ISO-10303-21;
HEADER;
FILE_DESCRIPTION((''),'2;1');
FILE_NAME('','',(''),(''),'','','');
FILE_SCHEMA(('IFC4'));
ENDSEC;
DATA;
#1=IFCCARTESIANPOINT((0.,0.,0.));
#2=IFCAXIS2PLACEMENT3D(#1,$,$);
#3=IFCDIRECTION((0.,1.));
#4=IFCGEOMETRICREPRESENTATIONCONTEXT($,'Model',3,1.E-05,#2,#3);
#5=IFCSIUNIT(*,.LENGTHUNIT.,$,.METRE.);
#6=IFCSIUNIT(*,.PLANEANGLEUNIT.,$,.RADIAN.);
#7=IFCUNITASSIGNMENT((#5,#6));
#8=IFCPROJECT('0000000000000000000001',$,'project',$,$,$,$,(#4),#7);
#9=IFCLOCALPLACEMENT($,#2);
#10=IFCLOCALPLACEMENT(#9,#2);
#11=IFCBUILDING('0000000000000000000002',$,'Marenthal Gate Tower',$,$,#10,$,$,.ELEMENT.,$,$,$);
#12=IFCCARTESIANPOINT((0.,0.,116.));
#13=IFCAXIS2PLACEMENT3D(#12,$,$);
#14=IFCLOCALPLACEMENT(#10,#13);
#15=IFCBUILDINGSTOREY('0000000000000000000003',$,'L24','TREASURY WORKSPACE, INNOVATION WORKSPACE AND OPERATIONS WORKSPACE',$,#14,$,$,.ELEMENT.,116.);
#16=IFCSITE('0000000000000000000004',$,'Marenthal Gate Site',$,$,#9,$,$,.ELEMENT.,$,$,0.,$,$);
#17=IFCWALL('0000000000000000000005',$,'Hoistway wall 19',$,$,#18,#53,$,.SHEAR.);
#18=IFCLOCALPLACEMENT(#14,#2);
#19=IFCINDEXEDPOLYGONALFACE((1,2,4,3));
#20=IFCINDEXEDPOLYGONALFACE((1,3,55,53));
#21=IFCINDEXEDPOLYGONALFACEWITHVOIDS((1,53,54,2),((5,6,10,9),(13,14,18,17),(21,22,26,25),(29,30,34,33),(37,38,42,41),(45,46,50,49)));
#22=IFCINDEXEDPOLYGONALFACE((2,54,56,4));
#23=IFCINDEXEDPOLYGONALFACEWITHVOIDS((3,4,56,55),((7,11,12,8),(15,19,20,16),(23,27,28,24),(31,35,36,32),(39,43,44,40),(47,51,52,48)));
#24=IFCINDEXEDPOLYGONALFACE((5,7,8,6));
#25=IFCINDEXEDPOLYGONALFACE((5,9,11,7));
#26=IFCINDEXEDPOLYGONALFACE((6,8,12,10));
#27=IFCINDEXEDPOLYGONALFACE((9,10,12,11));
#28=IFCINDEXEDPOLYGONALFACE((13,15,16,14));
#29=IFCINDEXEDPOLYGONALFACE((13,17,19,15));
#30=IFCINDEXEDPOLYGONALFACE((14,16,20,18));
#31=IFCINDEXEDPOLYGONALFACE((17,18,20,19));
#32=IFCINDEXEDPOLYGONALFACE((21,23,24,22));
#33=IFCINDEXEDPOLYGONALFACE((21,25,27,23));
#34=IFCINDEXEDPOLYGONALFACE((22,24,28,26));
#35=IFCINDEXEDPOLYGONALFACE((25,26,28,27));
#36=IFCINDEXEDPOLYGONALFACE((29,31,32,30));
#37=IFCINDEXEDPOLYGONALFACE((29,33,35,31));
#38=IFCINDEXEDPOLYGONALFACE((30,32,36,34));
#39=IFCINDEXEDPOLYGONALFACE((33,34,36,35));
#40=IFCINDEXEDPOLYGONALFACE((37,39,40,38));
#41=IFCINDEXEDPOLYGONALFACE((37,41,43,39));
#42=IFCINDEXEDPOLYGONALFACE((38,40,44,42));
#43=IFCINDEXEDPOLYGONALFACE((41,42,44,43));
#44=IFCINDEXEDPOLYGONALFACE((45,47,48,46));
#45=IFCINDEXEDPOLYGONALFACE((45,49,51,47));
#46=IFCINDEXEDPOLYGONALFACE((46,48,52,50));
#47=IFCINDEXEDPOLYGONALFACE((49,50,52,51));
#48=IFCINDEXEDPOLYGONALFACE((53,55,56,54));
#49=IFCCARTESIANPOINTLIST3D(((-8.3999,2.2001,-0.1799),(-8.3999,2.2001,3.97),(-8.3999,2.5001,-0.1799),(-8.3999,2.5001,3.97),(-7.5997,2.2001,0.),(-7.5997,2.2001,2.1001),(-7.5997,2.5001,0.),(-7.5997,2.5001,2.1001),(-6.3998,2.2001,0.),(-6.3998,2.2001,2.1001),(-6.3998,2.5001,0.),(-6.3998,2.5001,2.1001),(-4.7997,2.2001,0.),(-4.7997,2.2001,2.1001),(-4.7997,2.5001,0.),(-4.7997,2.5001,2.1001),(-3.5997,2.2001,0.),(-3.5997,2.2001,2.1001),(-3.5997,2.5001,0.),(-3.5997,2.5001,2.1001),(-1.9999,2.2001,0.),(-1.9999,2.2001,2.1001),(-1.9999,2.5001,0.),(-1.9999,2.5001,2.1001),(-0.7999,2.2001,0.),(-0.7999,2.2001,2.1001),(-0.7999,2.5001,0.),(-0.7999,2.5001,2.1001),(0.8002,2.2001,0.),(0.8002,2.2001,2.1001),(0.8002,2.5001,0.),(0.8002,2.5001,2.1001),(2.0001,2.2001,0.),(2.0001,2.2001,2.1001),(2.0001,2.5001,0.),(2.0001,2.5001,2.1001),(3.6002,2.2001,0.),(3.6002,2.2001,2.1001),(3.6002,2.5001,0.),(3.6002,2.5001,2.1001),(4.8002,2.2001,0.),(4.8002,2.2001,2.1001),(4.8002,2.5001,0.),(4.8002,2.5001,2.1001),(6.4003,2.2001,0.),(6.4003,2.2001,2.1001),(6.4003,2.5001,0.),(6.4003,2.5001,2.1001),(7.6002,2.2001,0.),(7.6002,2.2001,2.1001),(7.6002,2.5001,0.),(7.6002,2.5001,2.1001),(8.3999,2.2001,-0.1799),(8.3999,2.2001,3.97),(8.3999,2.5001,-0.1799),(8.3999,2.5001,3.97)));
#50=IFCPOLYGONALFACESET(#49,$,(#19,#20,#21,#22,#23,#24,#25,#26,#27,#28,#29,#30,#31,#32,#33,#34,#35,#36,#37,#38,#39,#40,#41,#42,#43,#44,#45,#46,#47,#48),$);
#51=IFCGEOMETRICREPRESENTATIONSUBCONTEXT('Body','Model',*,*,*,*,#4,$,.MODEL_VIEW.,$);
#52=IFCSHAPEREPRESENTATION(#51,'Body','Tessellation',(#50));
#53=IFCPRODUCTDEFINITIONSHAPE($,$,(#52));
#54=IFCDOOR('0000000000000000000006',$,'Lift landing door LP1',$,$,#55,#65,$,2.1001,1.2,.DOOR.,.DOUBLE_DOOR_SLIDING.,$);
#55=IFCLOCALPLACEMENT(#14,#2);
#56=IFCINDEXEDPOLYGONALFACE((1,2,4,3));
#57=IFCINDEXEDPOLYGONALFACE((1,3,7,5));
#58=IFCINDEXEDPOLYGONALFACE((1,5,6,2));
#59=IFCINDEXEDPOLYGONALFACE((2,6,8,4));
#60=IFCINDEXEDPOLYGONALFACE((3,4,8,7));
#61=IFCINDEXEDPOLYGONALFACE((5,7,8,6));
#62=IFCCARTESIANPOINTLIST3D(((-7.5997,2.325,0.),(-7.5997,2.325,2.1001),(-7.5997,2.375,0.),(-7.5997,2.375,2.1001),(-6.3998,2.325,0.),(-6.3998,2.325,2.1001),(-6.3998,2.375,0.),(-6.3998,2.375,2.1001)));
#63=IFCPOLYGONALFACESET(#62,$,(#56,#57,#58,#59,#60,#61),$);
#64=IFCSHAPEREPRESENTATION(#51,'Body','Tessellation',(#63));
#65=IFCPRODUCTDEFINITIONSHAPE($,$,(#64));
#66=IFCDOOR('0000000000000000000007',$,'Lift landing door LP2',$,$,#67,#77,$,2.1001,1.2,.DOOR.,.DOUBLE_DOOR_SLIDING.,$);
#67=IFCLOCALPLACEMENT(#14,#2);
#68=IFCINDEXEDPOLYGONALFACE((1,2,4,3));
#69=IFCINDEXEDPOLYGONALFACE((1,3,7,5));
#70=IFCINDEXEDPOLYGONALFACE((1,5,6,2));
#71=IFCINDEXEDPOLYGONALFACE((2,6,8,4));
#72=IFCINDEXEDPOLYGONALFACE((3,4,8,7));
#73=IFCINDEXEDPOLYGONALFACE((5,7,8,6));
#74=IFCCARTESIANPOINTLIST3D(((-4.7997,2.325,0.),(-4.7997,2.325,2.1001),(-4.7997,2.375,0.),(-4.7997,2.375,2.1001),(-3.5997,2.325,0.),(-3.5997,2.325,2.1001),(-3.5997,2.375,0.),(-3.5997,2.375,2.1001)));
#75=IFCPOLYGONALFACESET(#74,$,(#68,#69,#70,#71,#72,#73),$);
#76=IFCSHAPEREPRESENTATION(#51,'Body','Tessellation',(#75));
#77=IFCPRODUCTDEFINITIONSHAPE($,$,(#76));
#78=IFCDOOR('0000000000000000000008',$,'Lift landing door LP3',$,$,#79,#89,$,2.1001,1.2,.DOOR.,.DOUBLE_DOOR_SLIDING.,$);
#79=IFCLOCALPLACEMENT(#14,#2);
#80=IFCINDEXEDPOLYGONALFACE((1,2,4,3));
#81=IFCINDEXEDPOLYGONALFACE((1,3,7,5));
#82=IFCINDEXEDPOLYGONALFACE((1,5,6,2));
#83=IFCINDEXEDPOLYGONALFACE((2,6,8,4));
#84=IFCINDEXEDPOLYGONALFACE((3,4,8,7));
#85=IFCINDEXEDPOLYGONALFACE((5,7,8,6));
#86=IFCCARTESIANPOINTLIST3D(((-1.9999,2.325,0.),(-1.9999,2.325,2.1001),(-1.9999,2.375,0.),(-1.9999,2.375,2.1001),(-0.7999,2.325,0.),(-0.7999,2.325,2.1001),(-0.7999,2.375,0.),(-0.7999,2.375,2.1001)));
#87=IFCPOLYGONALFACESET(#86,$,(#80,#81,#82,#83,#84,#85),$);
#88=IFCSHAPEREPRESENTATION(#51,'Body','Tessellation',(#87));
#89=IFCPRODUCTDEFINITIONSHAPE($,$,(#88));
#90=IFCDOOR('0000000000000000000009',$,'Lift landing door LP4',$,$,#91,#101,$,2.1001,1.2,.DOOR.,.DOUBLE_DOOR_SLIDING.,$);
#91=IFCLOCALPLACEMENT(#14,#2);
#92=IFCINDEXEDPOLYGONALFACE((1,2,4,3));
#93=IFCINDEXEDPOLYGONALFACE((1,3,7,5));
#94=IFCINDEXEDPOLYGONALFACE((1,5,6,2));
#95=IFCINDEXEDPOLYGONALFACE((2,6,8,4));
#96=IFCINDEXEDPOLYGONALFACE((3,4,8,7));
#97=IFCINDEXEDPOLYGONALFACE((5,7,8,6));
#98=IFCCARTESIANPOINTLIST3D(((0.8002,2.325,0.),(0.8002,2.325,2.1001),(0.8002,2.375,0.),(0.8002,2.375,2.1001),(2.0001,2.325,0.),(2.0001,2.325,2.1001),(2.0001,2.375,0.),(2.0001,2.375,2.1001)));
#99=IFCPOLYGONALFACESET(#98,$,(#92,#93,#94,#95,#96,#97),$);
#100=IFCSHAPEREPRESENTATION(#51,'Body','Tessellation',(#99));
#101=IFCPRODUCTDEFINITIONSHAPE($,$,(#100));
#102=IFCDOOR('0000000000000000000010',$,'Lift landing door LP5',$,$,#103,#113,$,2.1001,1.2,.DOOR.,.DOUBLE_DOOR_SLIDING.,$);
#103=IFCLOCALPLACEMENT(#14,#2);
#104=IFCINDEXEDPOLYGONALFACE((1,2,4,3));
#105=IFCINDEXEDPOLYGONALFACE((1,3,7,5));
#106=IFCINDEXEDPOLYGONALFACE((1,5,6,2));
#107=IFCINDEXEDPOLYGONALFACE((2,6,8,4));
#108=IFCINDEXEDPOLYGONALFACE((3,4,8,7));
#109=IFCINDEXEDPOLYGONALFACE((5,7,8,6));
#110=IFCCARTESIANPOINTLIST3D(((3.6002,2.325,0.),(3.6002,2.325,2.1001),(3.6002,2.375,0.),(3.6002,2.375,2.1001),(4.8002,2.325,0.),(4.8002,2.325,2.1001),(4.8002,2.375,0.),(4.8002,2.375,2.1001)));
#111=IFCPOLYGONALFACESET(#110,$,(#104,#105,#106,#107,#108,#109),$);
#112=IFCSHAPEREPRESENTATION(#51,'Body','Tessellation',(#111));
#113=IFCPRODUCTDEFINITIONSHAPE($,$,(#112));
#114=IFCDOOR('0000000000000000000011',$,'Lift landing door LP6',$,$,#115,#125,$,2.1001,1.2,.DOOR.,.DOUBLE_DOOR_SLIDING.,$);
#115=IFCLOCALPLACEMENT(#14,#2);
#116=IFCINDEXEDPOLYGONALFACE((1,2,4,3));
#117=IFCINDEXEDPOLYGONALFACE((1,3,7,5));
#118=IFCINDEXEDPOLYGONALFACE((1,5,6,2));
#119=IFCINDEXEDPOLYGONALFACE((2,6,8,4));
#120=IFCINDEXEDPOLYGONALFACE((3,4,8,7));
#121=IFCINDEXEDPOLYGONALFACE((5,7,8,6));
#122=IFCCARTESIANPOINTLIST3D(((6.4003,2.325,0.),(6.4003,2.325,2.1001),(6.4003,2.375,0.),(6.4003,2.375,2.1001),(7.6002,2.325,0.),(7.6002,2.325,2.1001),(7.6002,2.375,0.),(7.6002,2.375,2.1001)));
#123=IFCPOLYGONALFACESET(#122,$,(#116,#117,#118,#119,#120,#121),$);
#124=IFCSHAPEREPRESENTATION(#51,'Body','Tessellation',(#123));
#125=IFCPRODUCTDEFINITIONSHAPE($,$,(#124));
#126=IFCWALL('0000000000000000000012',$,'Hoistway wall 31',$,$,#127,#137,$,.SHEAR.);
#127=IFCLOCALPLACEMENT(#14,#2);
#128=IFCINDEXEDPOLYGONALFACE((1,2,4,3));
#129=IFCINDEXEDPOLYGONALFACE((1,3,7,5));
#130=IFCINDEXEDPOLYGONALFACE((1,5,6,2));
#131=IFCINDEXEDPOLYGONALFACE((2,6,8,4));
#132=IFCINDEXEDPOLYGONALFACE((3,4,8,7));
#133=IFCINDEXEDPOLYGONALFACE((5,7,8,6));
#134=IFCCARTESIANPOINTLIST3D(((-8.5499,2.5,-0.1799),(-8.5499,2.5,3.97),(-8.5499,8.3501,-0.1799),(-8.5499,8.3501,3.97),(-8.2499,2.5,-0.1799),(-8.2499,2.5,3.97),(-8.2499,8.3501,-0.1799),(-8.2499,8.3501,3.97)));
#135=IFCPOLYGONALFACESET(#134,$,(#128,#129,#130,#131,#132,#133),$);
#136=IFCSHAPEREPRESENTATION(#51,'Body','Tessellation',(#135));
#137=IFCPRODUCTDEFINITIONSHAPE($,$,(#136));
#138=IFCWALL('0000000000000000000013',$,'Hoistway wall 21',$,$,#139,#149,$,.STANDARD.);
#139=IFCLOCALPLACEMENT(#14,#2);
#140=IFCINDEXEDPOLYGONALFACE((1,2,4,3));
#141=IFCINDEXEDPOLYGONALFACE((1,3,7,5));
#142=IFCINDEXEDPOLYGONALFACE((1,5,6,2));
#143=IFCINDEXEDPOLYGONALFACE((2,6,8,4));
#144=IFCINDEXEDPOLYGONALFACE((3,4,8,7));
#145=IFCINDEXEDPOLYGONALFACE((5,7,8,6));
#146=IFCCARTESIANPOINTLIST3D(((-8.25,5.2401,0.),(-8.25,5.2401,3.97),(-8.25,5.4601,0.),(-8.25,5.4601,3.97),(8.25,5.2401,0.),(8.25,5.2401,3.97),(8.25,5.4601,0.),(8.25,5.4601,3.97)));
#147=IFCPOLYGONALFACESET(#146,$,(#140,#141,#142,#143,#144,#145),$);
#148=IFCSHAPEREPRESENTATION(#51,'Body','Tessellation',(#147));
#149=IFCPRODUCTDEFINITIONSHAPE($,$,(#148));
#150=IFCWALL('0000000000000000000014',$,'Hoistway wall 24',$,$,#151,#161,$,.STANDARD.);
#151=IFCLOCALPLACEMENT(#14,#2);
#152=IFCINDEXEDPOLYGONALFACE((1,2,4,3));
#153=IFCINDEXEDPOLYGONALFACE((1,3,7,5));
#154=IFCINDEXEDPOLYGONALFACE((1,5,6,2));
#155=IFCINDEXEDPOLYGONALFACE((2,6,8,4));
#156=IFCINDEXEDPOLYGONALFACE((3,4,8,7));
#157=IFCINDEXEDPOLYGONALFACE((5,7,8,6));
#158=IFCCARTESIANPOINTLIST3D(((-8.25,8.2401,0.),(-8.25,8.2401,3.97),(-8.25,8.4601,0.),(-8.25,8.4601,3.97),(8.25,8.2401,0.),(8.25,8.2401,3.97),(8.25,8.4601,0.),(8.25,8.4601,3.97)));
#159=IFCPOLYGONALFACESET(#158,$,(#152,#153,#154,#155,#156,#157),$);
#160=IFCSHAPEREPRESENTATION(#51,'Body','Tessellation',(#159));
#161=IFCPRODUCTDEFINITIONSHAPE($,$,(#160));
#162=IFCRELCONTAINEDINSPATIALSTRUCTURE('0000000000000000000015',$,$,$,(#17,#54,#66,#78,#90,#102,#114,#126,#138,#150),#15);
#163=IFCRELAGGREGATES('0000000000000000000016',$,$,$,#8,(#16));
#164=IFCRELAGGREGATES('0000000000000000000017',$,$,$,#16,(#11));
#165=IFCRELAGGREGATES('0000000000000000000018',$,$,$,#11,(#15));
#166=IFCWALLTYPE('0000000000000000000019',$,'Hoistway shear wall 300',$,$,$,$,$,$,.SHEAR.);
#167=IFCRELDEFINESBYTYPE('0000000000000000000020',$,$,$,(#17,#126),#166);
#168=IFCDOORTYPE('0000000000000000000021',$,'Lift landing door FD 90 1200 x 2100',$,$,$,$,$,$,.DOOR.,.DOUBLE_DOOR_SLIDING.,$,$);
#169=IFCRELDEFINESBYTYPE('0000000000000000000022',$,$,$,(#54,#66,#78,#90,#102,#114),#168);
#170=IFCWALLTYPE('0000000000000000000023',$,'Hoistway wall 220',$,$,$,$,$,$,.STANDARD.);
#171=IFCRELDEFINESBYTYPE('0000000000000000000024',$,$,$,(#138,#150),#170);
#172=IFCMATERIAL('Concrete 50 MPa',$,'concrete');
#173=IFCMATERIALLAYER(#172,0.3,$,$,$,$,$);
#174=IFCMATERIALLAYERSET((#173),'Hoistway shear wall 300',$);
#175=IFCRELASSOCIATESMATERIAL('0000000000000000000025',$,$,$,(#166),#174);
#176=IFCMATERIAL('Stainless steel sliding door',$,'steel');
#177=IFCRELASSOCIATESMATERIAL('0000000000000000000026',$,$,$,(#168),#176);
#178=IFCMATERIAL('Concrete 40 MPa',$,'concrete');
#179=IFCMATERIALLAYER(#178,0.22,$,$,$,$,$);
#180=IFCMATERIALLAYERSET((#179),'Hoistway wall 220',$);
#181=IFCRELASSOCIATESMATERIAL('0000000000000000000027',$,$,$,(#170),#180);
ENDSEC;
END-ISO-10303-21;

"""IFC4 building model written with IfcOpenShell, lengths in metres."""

from ifc_helpers import new_model, si_unit, direction, frame, frame_2d, origin, place, context, subcontext, project, spatial, rectangle, extrude, material, layer, layer_set, type_object, element, fill, save


model = new_model("IFC4")

# Units and contexts
model_context = context("Model", 3, precision=1e-05, world=origin(), true_north=direction((0.0, 1.0)))
body_context = subcontext(model_context, "Body", "Model", "MODEL_VIEW")
ifc_project = project(units=[si_unit("LENGTHUNIT", "METRE"), si_unit("PLANEANGLEUNIT", "RADIAN")], contexts=[model_context])

# Site, building, storey
site_placement = place(None, origin())
site = spatial("IfcSite", under=ifc_project, at=site_placement, Name="Marenthal Gate Site", CompositionType="ELEMENT", RefElevation=0.0)
building_placement = place(site_placement, origin())
building = spatial("IfcBuilding", under=site, at=building_placement, Name="Marenthal Gate Tower", CompositionType="ELEMENT")
storey_placement = place(building_placement, frame((0.0, 0.0, 116.0)))
storey = spatial("IfcBuildingStorey", under=building, at=storey_placement, Name="L24", Description="TREASURY WORKSPACE, INNOVATION WORKSPACE AND OPERATIONS WORKSPACE", CompositionType="ELEMENT", Elevation=116.0)

# Wall, openings, doors
ifc_material_1 = material(Name="Concrete 50 MPa", Category="concrete")
ifc_layer_1 = layer(ifc_material_1, 0.3)
ifc_layer_set_1 = layer_set([ifc_layer_1], Name="Hoistway shear wall 300")
wall_type_1 = type_object("IfcWallType", Name="Hoistway shear wall 300", PredefinedType="SHEAR", material=ifc_layer_set_1)
wall_1_placement = place(storey_placement, frame((-8.3999, 2.3501, -0.1799), z_axis=(0.0, 0.0, 1.0), x_axis=(1.0, 0.0, 0.0)))
wall_1 = element("IfcWall", 1, at=wall_1_placement, inside=storey, type_object=wall_type_1, Name="Hoistway wall 19", PredefinedType="SHEAR", context=body_context, shape_type="SweptSolid", body=[
    extrude(rectangle(XDim=16.7998, YDim=0.3, at=frame_2d((8.3999, 0.0))), origin(), (0.0, 0.0, 1.0), 4.1499),
])
opening_1_placement = place(wall_1_placement, frame((0.8, 0.0, 0.1799)))
opening_1 = element("IfcOpeningElement", 2, at=opening_1_placement, cuts=wall_1, PredefinedType="OPENING", context=body_context, shape_type="SweptSolid", body=[
    extrude(rectangle(XDim=1.2, YDim=2.1001, at=frame_2d((0.6001, 1.05))), frame((0.0, 0.1602, 0.0), z_axis=(0.0, -1.0, 0.0), x_axis=(1.0, 0.0, 0.0)), (0.0, 0.0, 1.0), 0.3201),
])
opening_2_placement = place(wall_1_placement, frame((3.6001, 0.0, 0.1799)))
opening_2 = element("IfcOpeningElement", 3, at=opening_2_placement, cuts=wall_1, PredefinedType="OPENING", context=body_context, shape_type="SweptSolid", body=[
    extrude(rectangle(XDim=1.2, YDim=2.1001, at=frame_2d((0.6001, 1.05))), frame((0.0, 0.1602, 0.0), z_axis=(0.0, -1.0, 0.0), x_axis=(1.0, 0.0, 0.0)), (0.0, 0.0, 1.0), 0.3201),
])
opening_3_placement = place(wall_1_placement, frame((6.3999, 0.0, 0.1799)))
opening_3 = element("IfcOpeningElement", 4, at=opening_3_placement, cuts=wall_1, PredefinedType="OPENING", context=body_context, shape_type="SweptSolid", body=[
    extrude(rectangle(XDim=1.2, YDim=2.1001, at=frame_2d((0.6001, 1.05))), frame((0.0, 0.1602, 0.0), z_axis=(0.0, -1.0, 0.0), x_axis=(1.0, 0.0, 0.0)), (0.0, 0.0, 1.0), 0.3201),
])
opening_4_placement = place(wall_1_placement, frame((9.2, 0.0, 0.1799)))
opening_4 = element("IfcOpeningElement", 5, at=opening_4_placement, cuts=wall_1, PredefinedType="OPENING", context=body_context, shape_type="SweptSolid", body=[
    extrude(rectangle(XDim=1.2, YDim=2.1001, at=frame_2d((0.6001, 1.05))), frame((0.0, 0.1602, 0.0), z_axis=(0.0, -1.0, 0.0), x_axis=(1.0, 0.0, 0.0)), (0.0, 0.0, 1.0), 0.3201),
])
opening_5_placement = place(wall_1_placement, frame((12.0, 0.0, 0.1799)))
opening_5 = element("IfcOpeningElement", 6, at=opening_5_placement, cuts=wall_1, PredefinedType="OPENING", context=body_context, shape_type="SweptSolid", body=[
    extrude(rectangle(XDim=1.2, YDim=2.1001, at=frame_2d((0.6001, 1.05))), frame((0.0, 0.1602, 0.0), z_axis=(0.0, -1.0, 0.0), x_axis=(1.0, 0.0, 0.0)), (0.0, 0.0, 1.0), 0.3201),
])
opening_6_placement = place(wall_1_placement, frame((14.8, 0.0, 0.1799)))
opening_6 = element("IfcOpeningElement", 7, at=opening_6_placement, cuts=wall_1, PredefinedType="OPENING", context=body_context, shape_type="SweptSolid", body=[
    extrude(rectangle(XDim=1.2, YDim=2.1001, at=frame_2d((0.6001, 1.05))), frame((0.0, 0.1602, 0.0), z_axis=(0.0, -1.0, 0.0), x_axis=(1.0, 0.0, 0.0)), (0.0, 0.0, 1.0), 0.3201),
])
ifc_material_2 = material(Name="Stainless steel sliding door", Category="steel")
door_type_1 = type_object("IfcDoorType", Name="Lift landing door FD 90 1200 x 2100", OperationType="DOUBLE_DOOR_SLIDING", PredefinedType="DOOR", material=ifc_material_2)
door_1_placement = place(opening_1_placement, origin())
door_1 = element("IfcDoor", 8, at=door_1_placement, inside=storey, type_object=door_type_1, Name="Lift landing door LP1", OperationType="DOUBLE_DOOR_SLIDING", OverallHeight=2.1001, OverallWidth=1.2, PredefinedType="DOOR", context=body_context, shape_type="SweptSolid", body=[
    extrude(rectangle(XDim=1.2, YDim=2.1001, at=frame_2d((0.6001, 1.05))), frame((0.0, 0.0249, 0.0), z_axis=(0.0, -1.0, 0.0), x_axis=(1.0, 0.0, 0.0)), (0.0, 0.0, 1.0), 0.05),
])
fill(opening_1, door_1)
door_2_placement = place(opening_2_placement, origin())
door_2 = element("IfcDoor", 9, at=door_2_placement, inside=storey, type_object=door_type_1, Name="Lift landing door LP2", OperationType="DOUBLE_DOOR_SLIDING", OverallHeight=2.1001, OverallWidth=1.2, PredefinedType="DOOR", context=body_context, shape_type="SweptSolid", body=[
    extrude(rectangle(XDim=1.2, YDim=2.1001, at=frame_2d((0.6001, 1.05))), frame((0.0, 0.0249, 0.0), z_axis=(0.0, -1.0, 0.0), x_axis=(1.0, 0.0, 0.0)), (0.0, 0.0, 1.0), 0.05),
])
fill(opening_2, door_2)
door_3_placement = place(opening_3_placement, origin())
door_3 = element("IfcDoor", 10, at=door_3_placement, inside=storey, type_object=door_type_1, Name="Lift landing door LP3", OperationType="DOUBLE_DOOR_SLIDING", OverallHeight=2.1001, OverallWidth=1.2, PredefinedType="DOOR", context=body_context, shape_type="SweptSolid", body=[
    extrude(rectangle(XDim=1.2, YDim=2.1001, at=frame_2d((0.6001, 1.05))), frame((0.0, 0.0249, 0.0), z_axis=(0.0, -1.0, 0.0), x_axis=(1.0, 0.0, 0.0)), (0.0, 0.0, 1.0), 0.05),
])
fill(opening_3, door_3)
door_4_placement = place(opening_4_placement, origin())
door_4 = element("IfcDoor", 11, at=door_4_placement, inside=storey, type_object=door_type_1, Name="Lift landing door LP4", OperationType="DOUBLE_DOOR_SLIDING", OverallHeight=2.1001, OverallWidth=1.2, PredefinedType="DOOR", context=body_context, shape_type="SweptSolid", body=[
    extrude(rectangle(XDim=1.2, YDim=2.1001, at=frame_2d((0.6001, 1.05))), frame((0.0, 0.0249, 0.0), z_axis=(0.0, -1.0, 0.0), x_axis=(1.0, 0.0, 0.0)), (0.0, 0.0, 1.0), 0.05),
])
fill(opening_4, door_4)
door_5_placement = place(opening_5_placement, origin())
door_5 = element("IfcDoor", 12, at=door_5_placement, inside=storey, type_object=door_type_1, Name="Lift landing door LP5", OperationType="DOUBLE_DOOR_SLIDING", OverallHeight=2.1001, OverallWidth=1.2, PredefinedType="DOOR", context=body_context, shape_type="SweptSolid", body=[
    extrude(rectangle(XDim=1.2, YDim=2.1001, at=frame_2d((0.6001, 1.05))), frame((0.0, 0.0249, 0.0), z_axis=(0.0, -1.0, 0.0), x_axis=(1.0, 0.0, 0.0)), (0.0, 0.0, 1.0), 0.05),
])
fill(opening_5, door_5)
door_6_placement = place(opening_6_placement, origin())
door_6 = element("IfcDoor", 13, at=door_6_placement, inside=storey, type_object=door_type_1, Name="Lift landing door LP6", OperationType="DOUBLE_DOOR_SLIDING", OverallHeight=2.1001, OverallWidth=1.2, PredefinedType="DOOR", context=body_context, shape_type="SweptSolid", body=[
    extrude(rectangle(XDim=1.2, YDim=2.1001, at=frame_2d((0.6001, 1.05))), frame((0.0, 0.0249, 0.0), z_axis=(0.0, -1.0, 0.0), x_axis=(1.0, 0.0, 0.0)), (0.0, 0.0, 1.0), 0.05),
])
fill(opening_6, door_6)

# Walls
wall_2_placement = place(storey_placement, frame((-8.3999, 2.5, -0.1799), z_axis=(0.0, 0.0, 1.0), x_axis=(0.0, 1.0, 0.0)))
element("IfcWall", 14, at=wall_2_placement, inside=storey, type_object=wall_type_1, Name="Hoistway wall 31", PredefinedType="SHEAR", context=body_context, shape_type="SweptSolid", body=[
    extrude(rectangle(XDim=5.8501, YDim=0.3, at=frame_2d((2.925, 0.0))), origin(), (0.0, 0.0, 1.0), 4.1499),
])
ifc_material_3 = material(Name="Concrete 40 MPa", Category="concrete")
ifc_layer_2 = layer(ifc_material_3, 0.22)
ifc_layer_set_2 = layer_set([ifc_layer_2], Name="Hoistway wall 220")
wall_type_2 = type_object("IfcWallType", Name="Hoistway wall 220", PredefinedType="STANDARD", material=ifc_layer_set_2)
for number, where, z_axis, x_axis, name in (
    (15, (-8.25, 5.3501, 0.0), (0.0, 0.0, 1.0), (1.0, 0.0, 0.0), "Hoistway wall 21"),
    (16, (-8.25, 8.3501, 0.0), (0.0, 0.0, 1.0), (1.0, 0.0, 0.0), "Hoistway wall 24"),
):
    element("IfcWall", number, at=place(storey_placement, frame(where, z_axis=z_axis, x_axis=x_axis)), inside=storey, type_object=wall_type_2, Name=name, PredefinedType="STANDARD", context=body_context, shape_type="SweptSolid", body=[
        extrude(rectangle(XDim=16.5, YDim=0.22, at=frame_2d((8.25, 0.0))), origin(), (0.0, 0.0, 1.0), 3.97),
    ])

save(model, "model.ifc")
